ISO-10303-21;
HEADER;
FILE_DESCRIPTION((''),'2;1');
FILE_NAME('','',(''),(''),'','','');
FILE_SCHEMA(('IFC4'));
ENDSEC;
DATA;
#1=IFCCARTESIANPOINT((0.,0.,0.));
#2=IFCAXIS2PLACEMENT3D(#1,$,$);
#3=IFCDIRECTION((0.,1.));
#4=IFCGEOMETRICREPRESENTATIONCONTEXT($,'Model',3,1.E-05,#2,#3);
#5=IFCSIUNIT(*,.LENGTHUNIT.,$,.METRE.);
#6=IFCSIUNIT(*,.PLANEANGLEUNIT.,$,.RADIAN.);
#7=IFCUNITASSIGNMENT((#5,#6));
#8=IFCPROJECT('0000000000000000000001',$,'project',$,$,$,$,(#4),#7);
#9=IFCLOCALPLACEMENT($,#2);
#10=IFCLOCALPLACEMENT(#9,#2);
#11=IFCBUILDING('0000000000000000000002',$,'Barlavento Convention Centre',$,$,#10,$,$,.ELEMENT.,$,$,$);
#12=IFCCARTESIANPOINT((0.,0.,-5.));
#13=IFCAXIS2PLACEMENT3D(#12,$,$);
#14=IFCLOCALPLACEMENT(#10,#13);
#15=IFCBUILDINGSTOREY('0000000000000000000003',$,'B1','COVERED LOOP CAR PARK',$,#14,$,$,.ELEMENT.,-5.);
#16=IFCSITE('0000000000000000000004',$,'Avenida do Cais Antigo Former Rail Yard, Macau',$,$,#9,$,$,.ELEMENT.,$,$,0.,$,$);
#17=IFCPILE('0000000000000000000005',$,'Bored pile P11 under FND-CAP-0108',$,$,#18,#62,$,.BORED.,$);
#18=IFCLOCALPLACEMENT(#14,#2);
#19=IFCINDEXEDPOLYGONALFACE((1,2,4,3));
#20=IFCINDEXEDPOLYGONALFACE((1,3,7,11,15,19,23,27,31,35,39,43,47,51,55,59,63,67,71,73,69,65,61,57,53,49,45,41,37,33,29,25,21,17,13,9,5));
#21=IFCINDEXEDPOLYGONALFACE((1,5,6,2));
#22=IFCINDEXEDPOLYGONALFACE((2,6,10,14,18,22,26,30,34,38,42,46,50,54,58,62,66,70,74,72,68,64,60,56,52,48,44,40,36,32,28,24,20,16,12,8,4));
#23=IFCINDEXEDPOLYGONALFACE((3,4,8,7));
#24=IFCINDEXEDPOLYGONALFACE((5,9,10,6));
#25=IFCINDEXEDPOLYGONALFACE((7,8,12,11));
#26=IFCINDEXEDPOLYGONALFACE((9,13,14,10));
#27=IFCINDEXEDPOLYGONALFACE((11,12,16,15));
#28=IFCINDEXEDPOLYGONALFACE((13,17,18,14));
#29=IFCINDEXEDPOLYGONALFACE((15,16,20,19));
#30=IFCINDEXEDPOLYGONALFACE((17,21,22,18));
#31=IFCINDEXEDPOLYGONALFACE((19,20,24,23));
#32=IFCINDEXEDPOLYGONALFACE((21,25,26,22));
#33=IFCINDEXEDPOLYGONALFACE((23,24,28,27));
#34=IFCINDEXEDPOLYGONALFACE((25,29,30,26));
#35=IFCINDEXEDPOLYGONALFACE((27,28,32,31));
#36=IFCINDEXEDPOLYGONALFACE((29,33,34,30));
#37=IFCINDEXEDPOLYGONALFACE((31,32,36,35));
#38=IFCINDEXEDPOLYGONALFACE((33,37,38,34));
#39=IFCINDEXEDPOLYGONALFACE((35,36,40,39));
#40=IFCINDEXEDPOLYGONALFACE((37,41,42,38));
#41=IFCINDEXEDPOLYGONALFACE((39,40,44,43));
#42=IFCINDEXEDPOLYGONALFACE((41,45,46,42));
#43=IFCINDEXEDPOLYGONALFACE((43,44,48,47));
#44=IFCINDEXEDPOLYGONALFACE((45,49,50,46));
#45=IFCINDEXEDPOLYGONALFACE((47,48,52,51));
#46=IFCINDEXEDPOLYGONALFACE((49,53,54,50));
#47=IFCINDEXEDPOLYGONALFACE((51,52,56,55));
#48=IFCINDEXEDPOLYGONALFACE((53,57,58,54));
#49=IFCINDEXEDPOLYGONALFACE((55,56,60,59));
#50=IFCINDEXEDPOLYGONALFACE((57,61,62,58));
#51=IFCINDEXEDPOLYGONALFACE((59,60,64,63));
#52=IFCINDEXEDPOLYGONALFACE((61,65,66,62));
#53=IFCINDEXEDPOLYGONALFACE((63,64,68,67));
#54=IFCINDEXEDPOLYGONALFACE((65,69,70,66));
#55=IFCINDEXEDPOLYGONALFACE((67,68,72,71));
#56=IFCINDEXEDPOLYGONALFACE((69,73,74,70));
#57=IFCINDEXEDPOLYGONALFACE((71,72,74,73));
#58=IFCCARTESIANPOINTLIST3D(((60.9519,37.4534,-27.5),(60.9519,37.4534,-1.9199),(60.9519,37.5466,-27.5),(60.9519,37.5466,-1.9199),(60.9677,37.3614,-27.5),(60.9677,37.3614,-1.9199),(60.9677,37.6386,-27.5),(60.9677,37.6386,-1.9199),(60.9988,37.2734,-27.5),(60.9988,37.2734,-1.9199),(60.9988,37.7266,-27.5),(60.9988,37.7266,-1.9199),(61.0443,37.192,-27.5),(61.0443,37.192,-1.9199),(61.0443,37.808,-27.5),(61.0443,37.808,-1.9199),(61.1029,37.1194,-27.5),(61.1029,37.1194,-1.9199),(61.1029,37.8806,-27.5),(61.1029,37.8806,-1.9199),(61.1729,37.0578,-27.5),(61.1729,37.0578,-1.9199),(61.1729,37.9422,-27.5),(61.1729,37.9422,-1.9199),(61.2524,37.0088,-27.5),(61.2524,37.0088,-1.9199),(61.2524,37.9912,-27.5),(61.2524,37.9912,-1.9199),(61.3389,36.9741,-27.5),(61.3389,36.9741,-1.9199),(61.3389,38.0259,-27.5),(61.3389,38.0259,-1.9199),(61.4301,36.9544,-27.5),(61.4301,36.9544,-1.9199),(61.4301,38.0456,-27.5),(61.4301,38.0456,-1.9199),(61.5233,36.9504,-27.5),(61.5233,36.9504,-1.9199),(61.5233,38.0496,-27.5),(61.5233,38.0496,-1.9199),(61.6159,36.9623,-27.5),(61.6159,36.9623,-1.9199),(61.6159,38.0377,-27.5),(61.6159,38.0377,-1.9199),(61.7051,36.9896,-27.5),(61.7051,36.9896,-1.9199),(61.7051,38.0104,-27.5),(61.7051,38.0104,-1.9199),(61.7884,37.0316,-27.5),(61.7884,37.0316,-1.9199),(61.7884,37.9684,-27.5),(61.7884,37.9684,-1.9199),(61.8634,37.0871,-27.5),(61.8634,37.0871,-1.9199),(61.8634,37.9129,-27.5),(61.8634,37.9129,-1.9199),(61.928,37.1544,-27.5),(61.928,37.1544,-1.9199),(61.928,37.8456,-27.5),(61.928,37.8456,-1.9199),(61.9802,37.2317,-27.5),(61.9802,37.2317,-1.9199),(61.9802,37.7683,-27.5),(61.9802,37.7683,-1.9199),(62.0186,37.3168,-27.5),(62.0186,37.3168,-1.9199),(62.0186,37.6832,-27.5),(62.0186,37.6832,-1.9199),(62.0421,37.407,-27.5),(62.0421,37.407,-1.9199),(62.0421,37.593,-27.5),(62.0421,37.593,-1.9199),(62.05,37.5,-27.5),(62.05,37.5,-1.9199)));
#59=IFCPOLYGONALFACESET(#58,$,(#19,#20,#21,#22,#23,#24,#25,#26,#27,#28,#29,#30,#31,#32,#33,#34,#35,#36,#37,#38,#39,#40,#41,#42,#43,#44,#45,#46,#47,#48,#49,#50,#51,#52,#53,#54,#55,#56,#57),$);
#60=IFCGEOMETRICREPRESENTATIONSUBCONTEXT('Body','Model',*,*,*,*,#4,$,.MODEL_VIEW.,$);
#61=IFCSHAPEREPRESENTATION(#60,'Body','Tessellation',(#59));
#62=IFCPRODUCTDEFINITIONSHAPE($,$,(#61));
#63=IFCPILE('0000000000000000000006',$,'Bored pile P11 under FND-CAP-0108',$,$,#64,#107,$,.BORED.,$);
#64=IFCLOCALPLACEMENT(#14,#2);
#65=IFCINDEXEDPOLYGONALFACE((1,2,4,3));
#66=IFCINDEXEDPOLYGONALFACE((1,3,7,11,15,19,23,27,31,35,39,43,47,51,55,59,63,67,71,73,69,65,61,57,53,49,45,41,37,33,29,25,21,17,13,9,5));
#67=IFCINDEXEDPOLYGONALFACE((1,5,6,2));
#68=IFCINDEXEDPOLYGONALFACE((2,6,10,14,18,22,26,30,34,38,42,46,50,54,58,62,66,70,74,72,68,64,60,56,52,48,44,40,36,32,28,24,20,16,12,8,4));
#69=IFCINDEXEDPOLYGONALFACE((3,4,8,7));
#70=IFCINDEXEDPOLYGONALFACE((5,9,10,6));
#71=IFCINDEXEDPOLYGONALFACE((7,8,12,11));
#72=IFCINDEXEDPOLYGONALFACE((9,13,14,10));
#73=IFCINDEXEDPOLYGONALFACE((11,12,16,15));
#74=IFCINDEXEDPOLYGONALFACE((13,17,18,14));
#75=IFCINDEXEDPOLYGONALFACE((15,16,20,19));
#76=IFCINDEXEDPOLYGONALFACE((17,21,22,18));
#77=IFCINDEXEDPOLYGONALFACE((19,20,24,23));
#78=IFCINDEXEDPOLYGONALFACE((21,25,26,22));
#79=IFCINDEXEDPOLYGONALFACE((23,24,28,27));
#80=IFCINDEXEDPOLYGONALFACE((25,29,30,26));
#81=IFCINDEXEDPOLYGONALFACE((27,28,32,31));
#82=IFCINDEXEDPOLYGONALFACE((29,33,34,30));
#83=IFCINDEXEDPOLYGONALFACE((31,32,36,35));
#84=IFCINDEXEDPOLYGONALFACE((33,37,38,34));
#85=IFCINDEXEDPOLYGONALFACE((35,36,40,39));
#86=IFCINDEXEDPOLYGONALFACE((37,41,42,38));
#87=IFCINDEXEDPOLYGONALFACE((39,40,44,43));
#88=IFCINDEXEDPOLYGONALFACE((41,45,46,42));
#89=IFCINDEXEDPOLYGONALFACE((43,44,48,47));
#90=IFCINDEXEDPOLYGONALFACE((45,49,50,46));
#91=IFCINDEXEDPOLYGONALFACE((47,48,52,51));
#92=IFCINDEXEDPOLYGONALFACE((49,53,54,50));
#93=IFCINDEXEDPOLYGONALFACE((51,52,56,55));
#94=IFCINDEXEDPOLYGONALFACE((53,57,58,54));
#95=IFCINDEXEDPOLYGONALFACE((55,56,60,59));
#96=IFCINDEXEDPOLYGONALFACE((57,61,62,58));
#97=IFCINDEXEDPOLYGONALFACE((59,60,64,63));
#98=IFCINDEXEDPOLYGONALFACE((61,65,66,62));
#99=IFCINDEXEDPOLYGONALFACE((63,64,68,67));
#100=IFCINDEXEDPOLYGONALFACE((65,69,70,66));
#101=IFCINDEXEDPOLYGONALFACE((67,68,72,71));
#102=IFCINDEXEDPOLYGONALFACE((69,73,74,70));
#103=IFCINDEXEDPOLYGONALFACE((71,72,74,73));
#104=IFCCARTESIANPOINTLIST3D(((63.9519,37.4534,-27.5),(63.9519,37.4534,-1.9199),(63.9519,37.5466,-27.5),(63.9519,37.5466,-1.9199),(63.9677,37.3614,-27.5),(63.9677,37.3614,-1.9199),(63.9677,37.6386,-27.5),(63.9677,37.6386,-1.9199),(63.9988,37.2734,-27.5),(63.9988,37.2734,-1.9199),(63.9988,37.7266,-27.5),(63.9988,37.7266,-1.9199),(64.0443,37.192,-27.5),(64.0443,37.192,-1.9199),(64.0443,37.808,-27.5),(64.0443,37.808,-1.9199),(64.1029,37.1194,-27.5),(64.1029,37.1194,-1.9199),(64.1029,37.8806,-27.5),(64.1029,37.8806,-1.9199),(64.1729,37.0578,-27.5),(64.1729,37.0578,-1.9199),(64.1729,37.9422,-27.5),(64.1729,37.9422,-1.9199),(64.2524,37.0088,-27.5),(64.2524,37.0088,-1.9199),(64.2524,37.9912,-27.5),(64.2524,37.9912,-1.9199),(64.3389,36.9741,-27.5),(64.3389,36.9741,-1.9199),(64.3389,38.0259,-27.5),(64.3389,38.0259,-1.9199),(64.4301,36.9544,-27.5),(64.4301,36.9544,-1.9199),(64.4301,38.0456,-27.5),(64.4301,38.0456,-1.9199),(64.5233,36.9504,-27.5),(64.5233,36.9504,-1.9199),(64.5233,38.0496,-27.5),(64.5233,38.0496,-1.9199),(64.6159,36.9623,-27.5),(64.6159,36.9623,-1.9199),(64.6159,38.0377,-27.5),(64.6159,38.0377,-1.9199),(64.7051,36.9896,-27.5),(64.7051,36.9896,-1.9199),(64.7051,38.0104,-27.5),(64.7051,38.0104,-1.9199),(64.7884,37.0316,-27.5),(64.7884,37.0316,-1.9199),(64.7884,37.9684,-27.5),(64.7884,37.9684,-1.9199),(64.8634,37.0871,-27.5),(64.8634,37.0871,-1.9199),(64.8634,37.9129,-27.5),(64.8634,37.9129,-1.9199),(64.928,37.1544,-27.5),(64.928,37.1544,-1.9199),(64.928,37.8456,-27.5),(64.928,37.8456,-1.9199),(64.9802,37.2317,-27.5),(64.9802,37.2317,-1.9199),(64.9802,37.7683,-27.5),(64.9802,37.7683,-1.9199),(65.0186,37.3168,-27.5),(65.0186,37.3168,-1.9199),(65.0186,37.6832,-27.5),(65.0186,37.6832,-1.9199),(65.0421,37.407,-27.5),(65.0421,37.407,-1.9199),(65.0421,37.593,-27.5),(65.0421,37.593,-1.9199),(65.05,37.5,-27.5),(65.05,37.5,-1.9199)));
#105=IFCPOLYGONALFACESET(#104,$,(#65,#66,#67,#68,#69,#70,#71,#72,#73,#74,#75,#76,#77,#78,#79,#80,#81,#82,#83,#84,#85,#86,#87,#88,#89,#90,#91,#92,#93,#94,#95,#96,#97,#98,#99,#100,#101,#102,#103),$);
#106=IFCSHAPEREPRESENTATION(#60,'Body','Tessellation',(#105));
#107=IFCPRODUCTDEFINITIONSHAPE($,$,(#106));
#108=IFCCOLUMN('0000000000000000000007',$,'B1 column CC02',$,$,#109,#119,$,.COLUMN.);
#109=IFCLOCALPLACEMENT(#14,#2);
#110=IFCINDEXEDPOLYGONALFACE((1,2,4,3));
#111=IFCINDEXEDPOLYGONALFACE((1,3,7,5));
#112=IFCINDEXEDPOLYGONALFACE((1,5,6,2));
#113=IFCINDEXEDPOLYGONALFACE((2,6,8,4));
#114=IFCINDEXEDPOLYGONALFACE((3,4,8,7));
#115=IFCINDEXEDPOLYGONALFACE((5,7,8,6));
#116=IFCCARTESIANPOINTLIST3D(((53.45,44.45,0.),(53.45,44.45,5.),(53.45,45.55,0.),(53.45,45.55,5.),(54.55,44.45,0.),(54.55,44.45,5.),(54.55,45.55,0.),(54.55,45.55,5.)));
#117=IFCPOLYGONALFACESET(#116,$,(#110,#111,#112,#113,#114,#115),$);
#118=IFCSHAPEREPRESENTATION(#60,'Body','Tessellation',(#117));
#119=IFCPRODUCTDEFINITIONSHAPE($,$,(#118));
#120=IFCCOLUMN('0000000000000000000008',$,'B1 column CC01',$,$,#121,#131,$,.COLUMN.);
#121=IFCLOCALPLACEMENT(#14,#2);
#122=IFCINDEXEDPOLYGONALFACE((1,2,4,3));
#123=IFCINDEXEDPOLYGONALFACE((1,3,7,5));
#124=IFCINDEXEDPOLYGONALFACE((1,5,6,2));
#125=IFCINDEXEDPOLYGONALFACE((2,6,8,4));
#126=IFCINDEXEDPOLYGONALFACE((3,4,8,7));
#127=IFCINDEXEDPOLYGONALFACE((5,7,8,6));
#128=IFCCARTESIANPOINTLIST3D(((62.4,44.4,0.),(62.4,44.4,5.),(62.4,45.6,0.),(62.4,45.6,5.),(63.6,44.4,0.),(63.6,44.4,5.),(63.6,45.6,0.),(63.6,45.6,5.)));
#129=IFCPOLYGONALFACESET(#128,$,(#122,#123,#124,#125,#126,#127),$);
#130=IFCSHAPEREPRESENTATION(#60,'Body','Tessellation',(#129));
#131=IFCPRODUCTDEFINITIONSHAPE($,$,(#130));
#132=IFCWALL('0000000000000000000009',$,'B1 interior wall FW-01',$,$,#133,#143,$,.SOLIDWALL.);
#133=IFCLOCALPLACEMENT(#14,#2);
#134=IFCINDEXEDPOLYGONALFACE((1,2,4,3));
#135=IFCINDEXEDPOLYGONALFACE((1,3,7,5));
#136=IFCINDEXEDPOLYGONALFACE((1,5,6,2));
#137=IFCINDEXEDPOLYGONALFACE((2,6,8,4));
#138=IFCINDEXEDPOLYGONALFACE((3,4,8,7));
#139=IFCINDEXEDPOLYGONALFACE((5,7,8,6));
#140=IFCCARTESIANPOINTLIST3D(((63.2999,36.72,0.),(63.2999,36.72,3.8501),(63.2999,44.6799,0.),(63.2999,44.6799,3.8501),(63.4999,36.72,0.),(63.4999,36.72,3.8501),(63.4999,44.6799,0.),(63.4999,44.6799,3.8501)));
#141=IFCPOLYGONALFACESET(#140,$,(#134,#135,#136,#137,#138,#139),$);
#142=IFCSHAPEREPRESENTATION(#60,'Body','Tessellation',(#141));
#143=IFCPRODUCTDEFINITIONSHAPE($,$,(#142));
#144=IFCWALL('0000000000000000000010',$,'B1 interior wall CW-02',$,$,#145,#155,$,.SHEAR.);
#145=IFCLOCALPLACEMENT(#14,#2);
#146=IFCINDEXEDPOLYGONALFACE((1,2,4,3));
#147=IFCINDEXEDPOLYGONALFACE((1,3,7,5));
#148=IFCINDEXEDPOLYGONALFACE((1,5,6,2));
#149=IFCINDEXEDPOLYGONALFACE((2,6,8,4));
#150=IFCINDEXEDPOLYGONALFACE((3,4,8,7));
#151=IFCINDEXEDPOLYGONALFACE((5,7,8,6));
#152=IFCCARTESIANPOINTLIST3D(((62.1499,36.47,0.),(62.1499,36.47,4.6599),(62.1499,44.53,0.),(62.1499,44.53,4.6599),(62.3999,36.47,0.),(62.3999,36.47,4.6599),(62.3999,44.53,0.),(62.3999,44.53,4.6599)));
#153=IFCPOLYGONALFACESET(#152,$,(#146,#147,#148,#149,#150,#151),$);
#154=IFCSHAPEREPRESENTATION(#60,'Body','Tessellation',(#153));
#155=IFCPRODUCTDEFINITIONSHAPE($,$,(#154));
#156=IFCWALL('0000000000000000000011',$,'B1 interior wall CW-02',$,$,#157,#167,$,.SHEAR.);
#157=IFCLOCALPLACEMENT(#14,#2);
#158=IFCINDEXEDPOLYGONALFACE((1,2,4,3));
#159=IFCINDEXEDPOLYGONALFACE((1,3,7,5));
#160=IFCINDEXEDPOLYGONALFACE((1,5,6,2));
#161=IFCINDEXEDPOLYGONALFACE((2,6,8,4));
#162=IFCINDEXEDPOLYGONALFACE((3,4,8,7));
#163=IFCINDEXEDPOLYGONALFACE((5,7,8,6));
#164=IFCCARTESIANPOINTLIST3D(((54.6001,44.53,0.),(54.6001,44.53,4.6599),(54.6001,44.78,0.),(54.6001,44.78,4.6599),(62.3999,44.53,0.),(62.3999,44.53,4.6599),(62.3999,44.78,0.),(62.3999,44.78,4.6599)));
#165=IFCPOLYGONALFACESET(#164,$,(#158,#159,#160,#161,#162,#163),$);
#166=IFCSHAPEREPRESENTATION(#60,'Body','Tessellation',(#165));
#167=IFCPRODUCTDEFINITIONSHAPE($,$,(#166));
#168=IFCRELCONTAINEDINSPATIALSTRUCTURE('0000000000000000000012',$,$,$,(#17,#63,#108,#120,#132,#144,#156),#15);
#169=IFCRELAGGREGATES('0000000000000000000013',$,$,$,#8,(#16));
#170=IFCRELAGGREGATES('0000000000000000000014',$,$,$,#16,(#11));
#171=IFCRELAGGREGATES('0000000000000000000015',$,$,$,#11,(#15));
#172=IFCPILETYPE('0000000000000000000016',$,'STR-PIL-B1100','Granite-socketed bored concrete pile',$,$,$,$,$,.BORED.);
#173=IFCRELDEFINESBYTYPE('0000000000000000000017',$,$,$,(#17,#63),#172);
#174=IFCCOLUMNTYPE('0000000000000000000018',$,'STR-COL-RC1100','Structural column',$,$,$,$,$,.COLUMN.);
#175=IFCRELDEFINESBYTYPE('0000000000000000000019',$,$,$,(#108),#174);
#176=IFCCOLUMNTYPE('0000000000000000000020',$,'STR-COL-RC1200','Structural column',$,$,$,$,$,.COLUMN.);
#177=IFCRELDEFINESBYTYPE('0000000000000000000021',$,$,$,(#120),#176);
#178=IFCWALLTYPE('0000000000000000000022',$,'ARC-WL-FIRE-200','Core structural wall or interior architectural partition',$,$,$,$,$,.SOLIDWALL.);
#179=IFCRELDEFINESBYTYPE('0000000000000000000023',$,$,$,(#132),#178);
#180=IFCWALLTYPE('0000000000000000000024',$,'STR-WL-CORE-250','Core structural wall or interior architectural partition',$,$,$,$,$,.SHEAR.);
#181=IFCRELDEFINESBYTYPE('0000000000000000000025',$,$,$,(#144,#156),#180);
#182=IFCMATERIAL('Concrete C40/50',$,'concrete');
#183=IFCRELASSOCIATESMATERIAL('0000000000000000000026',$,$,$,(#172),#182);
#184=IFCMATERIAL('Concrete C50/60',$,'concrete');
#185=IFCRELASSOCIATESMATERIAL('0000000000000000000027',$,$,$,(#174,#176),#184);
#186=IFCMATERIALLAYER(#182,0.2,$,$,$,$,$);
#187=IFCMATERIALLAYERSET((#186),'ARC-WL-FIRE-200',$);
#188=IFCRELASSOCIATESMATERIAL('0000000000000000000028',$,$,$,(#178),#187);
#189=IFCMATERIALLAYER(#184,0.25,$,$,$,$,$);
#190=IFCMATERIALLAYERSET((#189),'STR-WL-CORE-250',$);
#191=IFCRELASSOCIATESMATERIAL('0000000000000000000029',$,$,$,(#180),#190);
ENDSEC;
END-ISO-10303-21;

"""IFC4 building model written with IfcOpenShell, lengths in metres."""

from ifc_helpers import new_model, si_unit, direction, frame, frame_2d, origin, origin_2d, place, context, subcontext, project, spatial, rectangle, circle, extrude, material, layer, layer_set, material_profile, profile_set, type_object, element, save


model = new_model("IFC4")

# Units and contexts
model_context = context("Model", 3, precision=1e-05, world=origin(), true_north=direction((0.0, 1.0)))
body_context = subcontext(model_context, "Body", "Model", "MODEL_VIEW")
ifc_project = project(units=[si_unit("LENGTHUNIT", "METRE"), si_unit("PLANEANGLEUNIT", "RADIAN")], contexts=[model_context])

# Site, building, storey
site_placement = place(None, origin())
site = spatial("IfcSite", under=ifc_project, at=site_placement, Name="Avenida do Cais Antigo Former Rail Yard, Macau", CompositionType="ELEMENT", RefElevation=0.0)
building_placement = place(site_placement, origin())
building = spatial("IfcBuilding", under=site, at=building_placement, Name="Barlavento Convention Centre", CompositionType="ELEMENT")
storey_placement = place(building_placement, frame((0.0, 0.0, -5.0)))
storey = spatial("IfcBuildingStorey", under=building, at=storey_placement, Name="B1", Description="COVERED LOOP CAR PARK", CompositionType="ELEMENT", Elevation=-5.0)

# Shared definitions
ifc_material_1 = material(Name="Concrete C40/50", Category="concrete")

# Piles
ifc_material_profile_1 = material_profile(ifc_material_1, circle(Radius=0.55, at=origin_2d()), Name="BORED PILE 1100")
ifc_profile_set_1 = profile_set([ifc_material_profile_1], Name="Concrete C40/50")
pile_type_1 = type_object("IfcPileType", Name="STR-PIL-B1100", Description="Granite-socketed bored concrete pile", PredefinedType="BORED", material=ifc_profile_set_1)
for number, where, z_axis, x_axis, name in (
    (1, (61.5, 37.5, -1.9199), (0.0, 0.0, -1.0), (1.0, 0.0, 0.0), "Bored pile P11 under FND-CAP-0108"),
    (2, (64.5, 37.5, -1.9199), (0.0, 0.0, -1.0), (1.0, 0.0, 0.0), "Bored pile P11 under FND-CAP-0108"),
):
    element("IfcPile", number, at=place(storey_placement, frame(where, z_axis=z_axis, x_axis=x_axis)), inside=storey, type_object=pile_type_1, Name=name, PredefinedType="BORED", context=body_context, shape_type="SweptSolid", body=[
        extrude(circle(Radius=0.55, at=origin_2d()), origin(), (0.0, 0.0, 1.0), 25.5801),
    ])

# Columns
ifc_material_2 = material(Name="Concrete C50/60", Category="concrete")
ifc_material_profile_2 = material_profile(ifc_material_2, rectangle(XDim=1.1001, YDim=1.1001, at=origin_2d()), Name="RC 1100x1100")
ifc_profile_set_2 = profile_set([ifc_material_profile_2], Name="Concrete C50/60")
column_type_1 = type_object("IfcColumnType", Name="STR-COL-RC1100", Description="Structural column", PredefinedType="COLUMN", material=ifc_profile_set_2)
column_1_placement = place(storey_placement, frame((54.0, 45.0, 0.0), z_axis=(0.0, 0.0, 1.0), x_axis=(1.0, 0.0, 0.0)))
element("IfcColumn", 3, at=column_1_placement, inside=storey, type_object=column_type_1, Name="B1 column CC02", PredefinedType="COLUMN", context=body_context, shape_type="SweptSolid", body=[
    extrude(rectangle(XDim=1.1001, YDim=1.1001, at=origin_2d()), origin(), (0.0, 0.0, 1.0), 5.0),
])
ifc_material_profile_3 = material_profile(ifc_material_2, rectangle(XDim=1.2, YDim=1.2, at=origin_2d()), Name="RC 1200x1200")
ifc_profile_set_3 = profile_set([ifc_material_profile_3], Name="Concrete C50/60")
column_type_2 = type_object("IfcColumnType", Name="STR-COL-RC1200", Description="Structural column", PredefinedType="COLUMN", material=ifc_profile_set_3)
column_2_placement = place(storey_placement, frame((63.0, 45.0, 0.0), z_axis=(0.0, 0.0, 1.0), x_axis=(1.0, 0.0, 0.0)))
element("IfcColumn", 4, at=column_2_placement, inside=storey, type_object=column_type_2, Name="B1 column CC01", PredefinedType="COLUMN", context=body_context, shape_type="SweptSolid", body=[
    extrude(rectangle(XDim=1.2, YDim=1.2, at=origin_2d()), origin(), (0.0, 0.0, 1.0), 5.0),
])

# Walls
ifc_layer_1 = layer(ifc_material_1, 0.2)
ifc_layer_set_1 = layer_set([ifc_layer_1], Name="ARC-WL-FIRE-200")
wall_type_1 = type_object("IfcWallType", Name="ARC-WL-FIRE-200", Description="Core structural wall or interior architectural partition", PredefinedType="SOLIDWALL", material=ifc_layer_set_1)
wall_1_placement = place(storey_placement, frame((63.3999, 36.72, 0.0), z_axis=(0.0, 0.0, 1.0), x_axis=(0.0, 1.0, 0.0)))
element("IfcWall", 5, at=wall_1_placement, inside=storey, type_object=wall_type_1, Name="B1 interior wall FW-01", PredefinedType="SOLIDWALL", context=body_context, shape_type="SweptSolid", body=[
    extrude(rectangle(XDim=7.96, YDim=0.2, at=frame_2d((3.98, 0.0))), origin(), (0.0, 0.0, 1.0), 3.8501),
])
ifc_layer_2 = layer(ifc_material_2, 0.25)
ifc_layer_set_2 = layer_set([ifc_layer_2], Name="STR-WL-CORE-250")
wall_type_2 = type_object("IfcWallType", Name="STR-WL-CORE-250", Description="Core structural wall or interior architectural partition", PredefinedType="SHEAR", material=ifc_layer_set_2)
wall_2_placement = place(storey_placement, frame((62.2749, 36.47, 0.0), z_axis=(0.0, 0.0, 1.0), x_axis=(0.0, 1.0, 0.0)))
element("IfcWall", 6, at=wall_2_placement, inside=storey, type_object=wall_type_2, Name="B1 interior wall CW-02", PredefinedType="SHEAR", context=body_context, shape_type="SweptSolid", body=[
    extrude(rectangle(XDim=8.0601, YDim=0.25, at=frame_2d((4.03, 0.0))), origin(), (0.0, 0.0, 1.0), 4.6599),
])
wall_3_placement = place(storey_placement, frame((54.6001, 44.655, 0.0), z_axis=(0.0, 0.0, 1.0), x_axis=(1.0, 0.0, 0.0)))
element("IfcWall", 7, at=wall_3_placement, inside=storey, type_object=wall_type_2, Name="B1 interior wall CW-02", PredefinedType="SHEAR", context=body_context, shape_type="SweptSolid", body=[
    extrude(rectangle(XDim=7.7998, YDim=0.25, at=frame_2d((3.8999, 0.0))), origin(), (0.0, 0.0, 1.0), 4.6599),
])

save(model, "model.ifc")
